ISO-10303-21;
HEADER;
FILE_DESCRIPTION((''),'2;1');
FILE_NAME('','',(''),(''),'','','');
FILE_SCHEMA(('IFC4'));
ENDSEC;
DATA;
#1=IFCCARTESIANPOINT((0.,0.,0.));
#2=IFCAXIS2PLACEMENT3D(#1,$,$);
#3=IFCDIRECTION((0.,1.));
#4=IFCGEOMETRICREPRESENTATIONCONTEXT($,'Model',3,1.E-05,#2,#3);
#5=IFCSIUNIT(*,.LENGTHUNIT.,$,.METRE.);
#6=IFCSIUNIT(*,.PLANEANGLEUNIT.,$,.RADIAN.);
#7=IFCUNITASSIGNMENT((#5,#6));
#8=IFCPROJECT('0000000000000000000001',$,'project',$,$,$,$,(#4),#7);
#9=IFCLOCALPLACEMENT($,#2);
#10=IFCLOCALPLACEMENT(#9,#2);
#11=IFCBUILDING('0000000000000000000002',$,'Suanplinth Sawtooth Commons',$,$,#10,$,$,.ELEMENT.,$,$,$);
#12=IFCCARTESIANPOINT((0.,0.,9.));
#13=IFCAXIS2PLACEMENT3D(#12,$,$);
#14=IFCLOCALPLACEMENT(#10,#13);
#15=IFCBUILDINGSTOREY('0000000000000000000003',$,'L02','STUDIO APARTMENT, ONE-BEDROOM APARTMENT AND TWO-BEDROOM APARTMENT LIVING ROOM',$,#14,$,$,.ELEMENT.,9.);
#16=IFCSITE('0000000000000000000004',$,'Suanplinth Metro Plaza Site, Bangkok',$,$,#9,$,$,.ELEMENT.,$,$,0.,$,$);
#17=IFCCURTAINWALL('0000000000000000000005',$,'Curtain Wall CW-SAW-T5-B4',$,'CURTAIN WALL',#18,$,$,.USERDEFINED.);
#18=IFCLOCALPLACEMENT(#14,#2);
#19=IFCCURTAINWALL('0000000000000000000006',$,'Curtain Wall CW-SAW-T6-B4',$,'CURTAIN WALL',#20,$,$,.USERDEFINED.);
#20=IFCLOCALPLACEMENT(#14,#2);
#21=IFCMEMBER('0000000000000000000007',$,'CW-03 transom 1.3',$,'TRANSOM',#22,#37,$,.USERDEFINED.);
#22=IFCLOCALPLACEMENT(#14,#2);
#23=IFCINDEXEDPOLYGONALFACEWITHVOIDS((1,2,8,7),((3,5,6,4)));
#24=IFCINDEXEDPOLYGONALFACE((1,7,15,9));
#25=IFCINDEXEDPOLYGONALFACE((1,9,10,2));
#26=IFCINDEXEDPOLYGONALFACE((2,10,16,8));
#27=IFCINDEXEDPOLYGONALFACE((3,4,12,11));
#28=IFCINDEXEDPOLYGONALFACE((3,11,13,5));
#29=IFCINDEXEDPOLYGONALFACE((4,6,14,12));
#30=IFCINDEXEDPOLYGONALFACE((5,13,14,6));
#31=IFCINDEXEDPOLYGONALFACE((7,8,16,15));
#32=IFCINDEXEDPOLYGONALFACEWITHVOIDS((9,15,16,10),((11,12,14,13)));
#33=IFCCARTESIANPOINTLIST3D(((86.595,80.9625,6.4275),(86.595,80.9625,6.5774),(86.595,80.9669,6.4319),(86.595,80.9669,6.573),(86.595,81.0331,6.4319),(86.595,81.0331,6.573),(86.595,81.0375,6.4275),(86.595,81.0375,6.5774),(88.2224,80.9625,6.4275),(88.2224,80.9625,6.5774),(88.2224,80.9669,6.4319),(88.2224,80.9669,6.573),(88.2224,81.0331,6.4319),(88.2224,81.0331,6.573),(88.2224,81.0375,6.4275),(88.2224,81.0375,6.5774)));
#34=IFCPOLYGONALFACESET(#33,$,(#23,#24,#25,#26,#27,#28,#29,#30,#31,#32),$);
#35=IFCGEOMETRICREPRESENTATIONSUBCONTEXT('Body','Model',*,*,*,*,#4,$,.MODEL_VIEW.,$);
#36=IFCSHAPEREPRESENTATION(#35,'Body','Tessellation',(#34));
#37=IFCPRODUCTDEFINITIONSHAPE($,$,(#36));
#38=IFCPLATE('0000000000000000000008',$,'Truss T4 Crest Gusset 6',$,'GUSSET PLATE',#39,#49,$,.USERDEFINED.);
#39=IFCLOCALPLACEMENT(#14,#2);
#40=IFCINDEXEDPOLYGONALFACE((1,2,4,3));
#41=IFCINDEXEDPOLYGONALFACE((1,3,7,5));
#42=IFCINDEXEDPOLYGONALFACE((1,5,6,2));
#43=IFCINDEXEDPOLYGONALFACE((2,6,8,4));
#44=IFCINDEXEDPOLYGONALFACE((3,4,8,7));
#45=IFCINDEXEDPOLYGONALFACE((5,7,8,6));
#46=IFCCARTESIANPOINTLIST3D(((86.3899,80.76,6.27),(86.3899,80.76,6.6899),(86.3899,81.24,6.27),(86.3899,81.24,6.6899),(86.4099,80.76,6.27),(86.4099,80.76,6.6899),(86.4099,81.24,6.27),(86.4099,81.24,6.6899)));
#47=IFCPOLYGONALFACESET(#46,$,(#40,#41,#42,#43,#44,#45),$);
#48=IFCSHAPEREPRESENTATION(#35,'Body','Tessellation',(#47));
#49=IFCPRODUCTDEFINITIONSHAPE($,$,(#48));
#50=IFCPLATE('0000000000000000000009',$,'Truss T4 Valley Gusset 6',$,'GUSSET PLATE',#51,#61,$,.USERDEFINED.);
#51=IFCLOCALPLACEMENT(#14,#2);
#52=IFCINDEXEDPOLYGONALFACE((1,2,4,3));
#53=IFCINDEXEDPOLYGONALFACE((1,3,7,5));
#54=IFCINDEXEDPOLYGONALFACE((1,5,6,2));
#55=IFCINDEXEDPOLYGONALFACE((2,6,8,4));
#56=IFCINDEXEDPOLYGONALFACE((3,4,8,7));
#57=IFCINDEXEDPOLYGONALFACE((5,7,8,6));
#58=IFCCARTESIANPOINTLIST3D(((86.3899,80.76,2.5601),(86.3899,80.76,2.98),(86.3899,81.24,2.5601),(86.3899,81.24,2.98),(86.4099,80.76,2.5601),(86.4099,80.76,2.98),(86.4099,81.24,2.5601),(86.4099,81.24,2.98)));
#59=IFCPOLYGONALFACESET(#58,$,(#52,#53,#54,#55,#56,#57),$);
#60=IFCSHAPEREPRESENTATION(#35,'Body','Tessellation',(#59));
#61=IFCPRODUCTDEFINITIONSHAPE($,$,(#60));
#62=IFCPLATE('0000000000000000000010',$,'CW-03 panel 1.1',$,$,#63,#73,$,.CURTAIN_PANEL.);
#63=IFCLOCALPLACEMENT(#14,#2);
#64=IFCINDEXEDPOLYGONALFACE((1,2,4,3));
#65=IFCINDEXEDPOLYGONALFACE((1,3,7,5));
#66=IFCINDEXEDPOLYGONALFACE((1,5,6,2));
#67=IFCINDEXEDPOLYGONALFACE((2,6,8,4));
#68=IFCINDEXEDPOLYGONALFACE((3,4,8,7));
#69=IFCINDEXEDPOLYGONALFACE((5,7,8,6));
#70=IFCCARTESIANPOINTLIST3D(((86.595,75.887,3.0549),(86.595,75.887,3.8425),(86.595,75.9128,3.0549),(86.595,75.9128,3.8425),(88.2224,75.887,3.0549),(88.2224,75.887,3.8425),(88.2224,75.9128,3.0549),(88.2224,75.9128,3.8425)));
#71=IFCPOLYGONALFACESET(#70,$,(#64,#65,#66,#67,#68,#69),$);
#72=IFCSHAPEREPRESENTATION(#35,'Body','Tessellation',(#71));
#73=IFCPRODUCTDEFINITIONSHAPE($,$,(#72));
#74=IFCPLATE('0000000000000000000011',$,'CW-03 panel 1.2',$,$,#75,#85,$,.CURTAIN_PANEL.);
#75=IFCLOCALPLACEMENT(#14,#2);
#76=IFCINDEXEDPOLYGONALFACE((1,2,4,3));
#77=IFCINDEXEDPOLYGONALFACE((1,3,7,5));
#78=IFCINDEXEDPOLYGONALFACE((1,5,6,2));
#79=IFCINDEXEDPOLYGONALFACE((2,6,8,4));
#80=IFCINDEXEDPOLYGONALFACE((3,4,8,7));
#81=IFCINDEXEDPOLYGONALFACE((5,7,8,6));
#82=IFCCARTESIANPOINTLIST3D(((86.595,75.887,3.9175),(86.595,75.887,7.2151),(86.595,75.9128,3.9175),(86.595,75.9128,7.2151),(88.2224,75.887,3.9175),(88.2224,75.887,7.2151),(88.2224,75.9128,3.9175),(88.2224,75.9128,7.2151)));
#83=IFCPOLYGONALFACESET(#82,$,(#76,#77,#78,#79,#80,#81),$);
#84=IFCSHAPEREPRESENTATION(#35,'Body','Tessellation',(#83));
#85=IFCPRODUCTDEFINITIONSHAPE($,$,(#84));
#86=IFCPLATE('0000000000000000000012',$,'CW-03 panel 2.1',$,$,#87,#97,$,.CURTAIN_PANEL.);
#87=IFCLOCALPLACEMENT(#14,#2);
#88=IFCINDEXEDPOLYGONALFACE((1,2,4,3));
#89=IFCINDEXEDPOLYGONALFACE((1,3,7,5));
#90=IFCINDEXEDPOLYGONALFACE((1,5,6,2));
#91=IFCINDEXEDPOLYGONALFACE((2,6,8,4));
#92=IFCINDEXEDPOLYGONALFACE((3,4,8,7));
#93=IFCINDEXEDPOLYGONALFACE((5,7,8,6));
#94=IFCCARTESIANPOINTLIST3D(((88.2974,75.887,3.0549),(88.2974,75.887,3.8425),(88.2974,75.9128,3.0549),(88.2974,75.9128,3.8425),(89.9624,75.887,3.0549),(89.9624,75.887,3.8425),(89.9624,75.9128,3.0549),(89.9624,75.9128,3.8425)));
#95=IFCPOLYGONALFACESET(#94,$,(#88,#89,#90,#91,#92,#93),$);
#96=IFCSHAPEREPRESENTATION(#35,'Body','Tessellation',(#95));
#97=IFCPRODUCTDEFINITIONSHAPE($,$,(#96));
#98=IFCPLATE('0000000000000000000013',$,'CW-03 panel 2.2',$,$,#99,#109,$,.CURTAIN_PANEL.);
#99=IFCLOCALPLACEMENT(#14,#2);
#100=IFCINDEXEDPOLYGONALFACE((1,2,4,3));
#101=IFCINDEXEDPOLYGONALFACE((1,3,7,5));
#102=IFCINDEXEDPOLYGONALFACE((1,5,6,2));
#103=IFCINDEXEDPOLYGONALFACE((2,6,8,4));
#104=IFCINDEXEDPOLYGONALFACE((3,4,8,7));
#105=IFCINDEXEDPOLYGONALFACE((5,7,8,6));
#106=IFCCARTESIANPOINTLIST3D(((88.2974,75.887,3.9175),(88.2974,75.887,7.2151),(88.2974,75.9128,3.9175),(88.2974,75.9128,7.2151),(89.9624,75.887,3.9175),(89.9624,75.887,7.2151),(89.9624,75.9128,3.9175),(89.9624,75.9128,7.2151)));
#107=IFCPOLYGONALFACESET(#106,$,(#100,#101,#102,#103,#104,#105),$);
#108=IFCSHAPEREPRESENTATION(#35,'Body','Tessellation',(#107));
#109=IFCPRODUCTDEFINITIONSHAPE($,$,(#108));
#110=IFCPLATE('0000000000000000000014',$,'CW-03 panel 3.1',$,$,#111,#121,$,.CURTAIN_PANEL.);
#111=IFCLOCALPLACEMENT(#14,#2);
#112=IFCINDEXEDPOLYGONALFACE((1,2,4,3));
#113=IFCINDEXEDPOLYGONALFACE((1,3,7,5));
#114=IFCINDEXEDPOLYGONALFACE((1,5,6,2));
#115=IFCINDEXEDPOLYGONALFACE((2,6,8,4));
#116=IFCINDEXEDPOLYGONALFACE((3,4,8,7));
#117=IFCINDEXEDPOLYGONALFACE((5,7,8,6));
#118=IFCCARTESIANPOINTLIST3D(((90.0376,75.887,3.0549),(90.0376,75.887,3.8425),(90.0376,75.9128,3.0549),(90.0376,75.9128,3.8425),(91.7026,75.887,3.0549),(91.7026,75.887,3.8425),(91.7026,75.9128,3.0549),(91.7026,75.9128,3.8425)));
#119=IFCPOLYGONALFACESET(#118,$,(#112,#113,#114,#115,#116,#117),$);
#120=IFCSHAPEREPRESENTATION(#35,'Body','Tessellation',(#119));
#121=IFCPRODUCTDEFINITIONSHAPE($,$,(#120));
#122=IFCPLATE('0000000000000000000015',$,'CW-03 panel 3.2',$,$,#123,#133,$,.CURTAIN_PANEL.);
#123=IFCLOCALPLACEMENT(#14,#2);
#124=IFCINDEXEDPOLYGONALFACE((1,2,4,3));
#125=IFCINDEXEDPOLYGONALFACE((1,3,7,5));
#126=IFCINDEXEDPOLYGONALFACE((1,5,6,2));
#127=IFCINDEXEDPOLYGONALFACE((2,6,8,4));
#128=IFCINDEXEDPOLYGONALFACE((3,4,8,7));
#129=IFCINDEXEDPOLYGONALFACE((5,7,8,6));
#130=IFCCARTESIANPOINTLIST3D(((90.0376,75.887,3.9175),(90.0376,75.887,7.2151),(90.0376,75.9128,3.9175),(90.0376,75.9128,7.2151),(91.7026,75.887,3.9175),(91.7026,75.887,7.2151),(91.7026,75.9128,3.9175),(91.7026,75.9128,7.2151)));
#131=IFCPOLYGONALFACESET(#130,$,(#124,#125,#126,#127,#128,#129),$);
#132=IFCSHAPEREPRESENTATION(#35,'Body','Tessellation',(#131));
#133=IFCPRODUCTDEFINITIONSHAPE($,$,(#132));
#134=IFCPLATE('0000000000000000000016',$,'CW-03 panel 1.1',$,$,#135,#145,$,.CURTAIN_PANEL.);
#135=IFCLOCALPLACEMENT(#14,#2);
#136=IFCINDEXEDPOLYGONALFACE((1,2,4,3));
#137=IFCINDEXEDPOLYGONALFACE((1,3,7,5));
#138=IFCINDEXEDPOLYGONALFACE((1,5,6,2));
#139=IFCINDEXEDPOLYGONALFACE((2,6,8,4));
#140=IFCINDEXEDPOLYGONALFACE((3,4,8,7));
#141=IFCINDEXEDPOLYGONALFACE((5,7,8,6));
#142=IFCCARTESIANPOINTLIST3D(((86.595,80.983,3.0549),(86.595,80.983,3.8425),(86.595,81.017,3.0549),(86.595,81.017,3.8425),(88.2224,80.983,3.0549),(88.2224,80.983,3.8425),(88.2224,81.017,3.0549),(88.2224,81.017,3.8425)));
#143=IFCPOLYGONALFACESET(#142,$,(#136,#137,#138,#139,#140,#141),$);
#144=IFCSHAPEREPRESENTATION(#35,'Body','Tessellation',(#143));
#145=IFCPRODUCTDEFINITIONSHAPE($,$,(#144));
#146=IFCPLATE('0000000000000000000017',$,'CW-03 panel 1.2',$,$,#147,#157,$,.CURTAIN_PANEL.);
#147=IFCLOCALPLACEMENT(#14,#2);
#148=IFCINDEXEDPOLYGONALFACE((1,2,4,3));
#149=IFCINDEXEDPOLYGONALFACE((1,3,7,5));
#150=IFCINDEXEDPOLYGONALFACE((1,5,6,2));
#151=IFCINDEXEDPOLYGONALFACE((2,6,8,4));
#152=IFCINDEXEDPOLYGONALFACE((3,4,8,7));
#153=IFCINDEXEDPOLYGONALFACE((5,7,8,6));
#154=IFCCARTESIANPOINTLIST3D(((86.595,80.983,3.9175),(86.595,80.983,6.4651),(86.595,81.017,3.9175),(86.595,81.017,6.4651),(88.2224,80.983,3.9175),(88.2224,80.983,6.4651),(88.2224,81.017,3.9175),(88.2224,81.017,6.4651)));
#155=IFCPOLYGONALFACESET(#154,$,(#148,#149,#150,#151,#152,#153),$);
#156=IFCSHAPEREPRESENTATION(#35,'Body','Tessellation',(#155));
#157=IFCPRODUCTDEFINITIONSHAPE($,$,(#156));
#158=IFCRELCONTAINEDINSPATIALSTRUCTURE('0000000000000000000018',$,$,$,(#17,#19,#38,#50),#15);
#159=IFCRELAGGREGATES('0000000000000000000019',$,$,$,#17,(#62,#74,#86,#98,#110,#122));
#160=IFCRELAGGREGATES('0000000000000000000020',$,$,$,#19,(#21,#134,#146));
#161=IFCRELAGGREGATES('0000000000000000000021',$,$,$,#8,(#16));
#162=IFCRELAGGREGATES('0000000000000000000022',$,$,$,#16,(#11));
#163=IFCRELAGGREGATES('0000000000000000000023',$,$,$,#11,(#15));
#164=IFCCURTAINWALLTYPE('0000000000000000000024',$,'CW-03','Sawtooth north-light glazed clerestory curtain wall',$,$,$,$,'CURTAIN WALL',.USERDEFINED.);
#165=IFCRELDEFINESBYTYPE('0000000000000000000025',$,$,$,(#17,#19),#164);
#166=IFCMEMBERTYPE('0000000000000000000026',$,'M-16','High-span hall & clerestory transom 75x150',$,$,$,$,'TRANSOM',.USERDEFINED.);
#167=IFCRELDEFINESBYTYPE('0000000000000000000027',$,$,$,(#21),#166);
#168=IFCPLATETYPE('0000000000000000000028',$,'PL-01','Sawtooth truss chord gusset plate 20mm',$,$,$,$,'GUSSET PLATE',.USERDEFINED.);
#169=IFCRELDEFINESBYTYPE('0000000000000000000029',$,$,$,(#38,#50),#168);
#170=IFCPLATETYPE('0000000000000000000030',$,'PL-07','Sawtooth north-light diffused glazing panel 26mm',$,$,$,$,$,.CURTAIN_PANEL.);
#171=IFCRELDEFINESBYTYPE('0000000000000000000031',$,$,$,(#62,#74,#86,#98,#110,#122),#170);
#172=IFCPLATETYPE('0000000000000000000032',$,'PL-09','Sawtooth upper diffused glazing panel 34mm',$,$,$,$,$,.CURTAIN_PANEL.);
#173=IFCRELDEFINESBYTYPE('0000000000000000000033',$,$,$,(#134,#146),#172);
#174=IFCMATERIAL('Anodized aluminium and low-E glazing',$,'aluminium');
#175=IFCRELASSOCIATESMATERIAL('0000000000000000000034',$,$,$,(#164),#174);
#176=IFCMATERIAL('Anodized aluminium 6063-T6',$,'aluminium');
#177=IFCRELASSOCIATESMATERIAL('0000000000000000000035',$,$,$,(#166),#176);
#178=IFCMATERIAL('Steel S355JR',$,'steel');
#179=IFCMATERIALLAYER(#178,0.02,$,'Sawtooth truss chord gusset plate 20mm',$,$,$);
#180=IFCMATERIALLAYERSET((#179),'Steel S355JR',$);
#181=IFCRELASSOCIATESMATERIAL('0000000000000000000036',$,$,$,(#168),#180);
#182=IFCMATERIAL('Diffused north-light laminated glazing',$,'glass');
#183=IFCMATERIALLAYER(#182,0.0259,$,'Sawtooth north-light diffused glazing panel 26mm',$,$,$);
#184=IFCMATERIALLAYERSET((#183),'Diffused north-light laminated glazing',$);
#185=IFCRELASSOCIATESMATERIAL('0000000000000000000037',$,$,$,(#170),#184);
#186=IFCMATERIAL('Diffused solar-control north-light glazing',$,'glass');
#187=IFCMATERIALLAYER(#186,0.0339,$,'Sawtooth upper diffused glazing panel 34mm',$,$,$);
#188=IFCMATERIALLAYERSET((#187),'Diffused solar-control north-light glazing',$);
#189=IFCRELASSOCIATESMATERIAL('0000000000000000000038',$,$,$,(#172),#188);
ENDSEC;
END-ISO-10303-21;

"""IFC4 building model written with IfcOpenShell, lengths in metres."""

from ifc_helpers import new_model, si_unit, direction, frame, origin, origin_2d, place, context, subcontext, project, spatial, rectangle, hollow_rectangle, extrude, material, layer, layer_set, material_profile, profile_set, type_object, element, aggregate, save


model = new_model("IFC4")

# Units and contexts
model_context = context("Model", 3, precision=1e-05, world=origin(), true_north=direction((0.0, 1.0)))
body_context = subcontext(model_context, "Body", "Model", "MODEL_VIEW")
ifc_project = project(units=[si_unit("LENGTHUNIT", "METRE"), si_unit("PLANEANGLEUNIT", "RADIAN")], contexts=[model_context])

# Site, building, storey
site_placement = place(None, origin())
site = spatial("IfcSite", under=ifc_project, at=site_placement, Name="Suanplinth Metro Plaza Site, Bangkok", CompositionType="ELEMENT", RefElevation=0.0)
building_placement = place(site_placement, origin())
building = spatial("IfcBuilding", under=site, at=building_placement, Name="Suanplinth Sawtooth Commons", CompositionType="ELEMENT")
storey_placement = place(building_placement, frame((0.0, 0.0, 9.0)))
storey = spatial("IfcBuildingStorey", under=building, at=storey_placement, Name="L02", Description="STUDIO APARTMENT, ONE-BEDROOM APARTMENT AND TWO-BEDROOM APARTMENT LIVING ROOM", CompositionType="ELEMENT", Elevation=9.0)

# Shared definitions
ifc_material_1 = material(Name="Steel S355JR", Category="steel")

# Curtain walls
ifc_material_2 = material(Name="Anodized aluminium and low-E glazing", Category="aluminium")
curtain_wall_type = type_object("IfcCurtainWallType", Name="CW-03", Description="Sawtooth north-light glazed clerestory curtain wall", ElementType="CURTAIN WALL", PredefinedType="USERDEFINED", material=ifc_material_2)
curtain_wall_1_placement = place(storey_placement, origin())
curtain_wall_1 = element("IfcCurtainWall", 1, at=curtain_wall_1_placement, inside=storey, type_object=curtain_wall_type, Name="Curtain Wall CW-SAW-T5-B4", ObjectType="CURTAIN WALL", PredefinedType="USERDEFINED")
ifc_material_3 = material(Name="Anodized aluminium 6063-T6", Category="aluminium")
curtain_wall_2_placement = place(storey_placement, origin())
curtain_wall_2 = element("IfcCurtainWall", 2, at=curtain_wall_2_placement, inside=storey, type_object=curtain_wall_type, Name="Curtain Wall CW-SAW-T6-B4", ObjectType="CURTAIN WALL", PredefinedType="USERDEFINED")

# Member
ifc_material_profile_1 = material_profile(ifc_material_3, hollow_rectangle(XDim=0.075, YDim=0.1499, WallThickness=0.0044, at=origin_2d()), Name="ALU-TRN 75x150")
ifc_profile_set_1 = profile_set([ifc_material_profile_1], Name="Anodized aluminium 6063-T6")
member_type_1 = type_object("IfcMemberType", Name="M-16", Description="High-span hall & clerestory transom 75x150", ElementType="TRANSOM", PredefinedType="USERDEFINED", material=ifc_profile_set_1)
member_1_placement = place(storey_placement, frame((86.595, 81.0, 6.5024), z_axis=(1.0, 0.0, 0.0), x_axis=(0.0, 1.0, 0.0)))
member_1 = element("IfcMember", 3, at=member_1_placement, type_object=member_type_1, Name="CW-03 transom 1.3", ObjectType="TRANSOM", PredefinedType="USERDEFINED", context=body_context, shape_type="SweptSolid", body=[
    extrude(hollow_rectangle(XDim=0.075, YDim=0.1499, WallThickness=0.0044, at=origin_2d()), origin(), (0.0, 0.0, 1.0), 1.6274),
])

# Plates
ifc_layer_1 = layer(ifc_material_1, 0.02, Name="Sawtooth truss chord gusset plate 20mm")
ifc_layer_set_1 = layer_set([ifc_layer_1], Name="Steel S355JR")
plate_type_1 = type_object("IfcPlateType", Name="PL-01", Description="Sawtooth truss chord gusset plate 20mm", ElementType="GUSSET PLATE", PredefinedType="USERDEFINED", material=ifc_layer_set_1)
for number, where, z_axis, x_axis, name in (
    (4, (86.3999, 81.0, 6.27), (0.0, 0.0, 1.0), (1.0, 0.0, 0.0), "Truss T4 Crest Gusset 6"),
    (5, (86.3999, 81.0, 2.5601), (0.0, 0.0, 1.0), (1.0, 0.0, 0.0), "Truss T4 Valley Gusset 6"),
):
    element("IfcPlate", number, at=place(storey_placement, frame(where, z_axis=z_axis, x_axis=x_axis)), inside=storey, type_object=plate_type_1, Name=name, ObjectType="GUSSET PLATE", PredefinedType="USERDEFINED", context=body_context, shape_type="SweptSolid", body=[
        extrude(rectangle(XDim=0.02, YDim=0.48, at=origin_2d()), origin(), (0.0, 0.0, 1.0), 0.4199),
    ])

# Plates
ifc_material_4 = material(Name="Diffused north-light laminated glazing", Category="glass")
ifc_layer_2 = layer(ifc_material_4, 0.0259, Name="Sawtooth north-light diffused glazing panel 26mm")
ifc_layer_set_2 = layer_set([ifc_layer_2], Name="Diffused north-light laminated glazing")
plate_type_2 = type_object("IfcPlateType", Name="PL-07", Description="Sawtooth north-light diffused glazing panel 26mm", PredefinedType="CURTAIN_PANEL", material=ifc_layer_set_2)
plate_1_placement = place(storey_placement, frame((87.4087, 75.8999, 3.0549), z_axis=(0.0, 0.0, 1.0), x_axis=(1.0, 0.0, 0.0)))
plate_1 = element("IfcPlate", 6, at=plate_1_placement, type_object=plate_type_2, Name="CW-03 panel 1.1", PredefinedType="CURTAIN_PANEL", context=body_context, shape_type="SweptSolid", body=[
    extrude(rectangle(XDim=1.6274, YDim=0.0259, at=origin_2d()), origin(), (0.0, 0.0, 1.0), 0.7876),
])
plate_2_placement = place(storey_placement, frame((87.4087, 75.8999, 3.9175), z_axis=(0.0, 0.0, 1.0), x_axis=(1.0, 0.0, 0.0)))
plate_2 = element("IfcPlate", 7, at=plate_2_placement, type_object=plate_type_2, Name="CW-03 panel 1.2", PredefinedType="CURTAIN_PANEL", context=body_context, shape_type="SweptSolid", body=[
    extrude(rectangle(XDim=1.6274, YDim=0.0259, at=origin_2d()), origin(), (0.0, 0.0, 1.0), 3.2976),
])
plate_3_placement = place(storey_placement, frame((89.1299, 75.8999, 3.0549), z_axis=(0.0, 0.0, 1.0), x_axis=(1.0, 0.0, 0.0)))
plate_3 = element("IfcPlate", 8, at=plate_3_placement, type_object=plate_type_2, Name="CW-03 panel 2.1", PredefinedType="CURTAIN_PANEL", context=body_context, shape_type="SweptSolid", body=[
    extrude(rectangle(XDim=1.665, YDim=0.0259, at=origin_2d()), origin(), (0.0, 0.0, 1.0), 0.7876),
])
plate_4_placement = place(storey_placement, frame((89.1299, 75.8999, 3.9175), z_axis=(0.0, 0.0, 1.0), x_axis=(1.0, 0.0, 0.0)))
plate_4 = element("IfcPlate", 9, at=plate_4_placement, type_object=plate_type_2, Name="CW-03 panel 2.2", PredefinedType="CURTAIN_PANEL", context=body_context, shape_type="SweptSolid", body=[
    extrude(rectangle(XDim=1.665, YDim=0.0259, at=origin_2d()), origin(), (0.0, 0.0, 1.0), 3.2976),
])
plate_5_placement = place(storey_placement, frame((90.8701, 75.8999, 3.0549), z_axis=(0.0, 0.0, 1.0), x_axis=(1.0, 0.0, 0.0)))
plate_5 = element("IfcPlate", 10, at=plate_5_placement, type_object=plate_type_2, Name="CW-03 panel 3.1", PredefinedType="CURTAIN_PANEL", context=body_context, shape_type="SweptSolid", body=[
    extrude(rectangle(XDim=1.665, YDim=0.0259, at=origin_2d()), origin(), (0.0, 0.0, 1.0), 0.7876),
])
plate_6_placement = place(storey_placement, frame((90.8701, 75.8999, 3.9175), z_axis=(0.0, 0.0, 1.0), x_axis=(1.0, 0.0, 0.0)))
plate_6 = element("IfcPlate", 11, at=plate_6_placement, type_object=plate_type_2, Name="CW-03 panel 3.2", PredefinedType="CURTAIN_PANEL", context=body_context, shape_type="SweptSolid", body=[
    extrude(rectangle(XDim=1.665, YDim=0.0259, at=origin_2d()), origin(), (0.0, 0.0, 1.0), 3.2976),
])
aggregate(curtain_wall_1, [plate_1, plate_2, plate_3, plate_4, plate_5, plate_6])
ifc_material_5 = material(Name="Diffused solar-control north-light glazing", Category="glass")
ifc_layer_3 = layer(ifc_material_5, 0.0339, Name="Sawtooth upper diffused glazing panel 34mm")
ifc_layer_set_3 = layer_set([ifc_layer_3], Name="Diffused solar-control north-light glazing")
plate_type_3 = type_object("IfcPlateType", Name="PL-09", Description="Sawtooth upper diffused glazing panel 34mm", PredefinedType="CURTAIN_PANEL", material=ifc_layer_set_3)
plate_7_placement = place(storey_placement, frame((87.4087, 81.0, 3.0549), z_axis=(0.0, 0.0, 1.0), x_axis=(1.0, 0.0, 0.0)))
plate_7 = element("IfcPlate", 12, at=plate_7_placement, type_object=plate_type_3, Name="CW-03 panel 1.1", PredefinedType="CURTAIN_PANEL", context=body_context, shape_type="SweptSolid", body=[
    extrude(rectangle(XDim=1.6274, YDim=0.0339, at=origin_2d()), origin(), (0.0, 0.0, 1.0), 0.7876),
])
plate_8_placement = place(storey_placement, frame((87.4087, 81.0, 3.9175), z_axis=(0.0, 0.0, 1.0), x_axis=(1.0, 0.0, 0.0)))
plate_8 = element("IfcPlate", 13, at=plate_8_placement, type_object=plate_type_3, Name="CW-03 panel 1.2", PredefinedType="CURTAIN_PANEL", context=body_context, shape_type="SweptSolid", body=[
    extrude(rectangle(XDim=1.6274, YDim=0.0339, at=origin_2d()), origin(), (0.0, 0.0, 1.0), 2.5476),
])
aggregate(curtain_wall_2, [member_1, plate_7, plate_8])

save(model, "model.ifc")
